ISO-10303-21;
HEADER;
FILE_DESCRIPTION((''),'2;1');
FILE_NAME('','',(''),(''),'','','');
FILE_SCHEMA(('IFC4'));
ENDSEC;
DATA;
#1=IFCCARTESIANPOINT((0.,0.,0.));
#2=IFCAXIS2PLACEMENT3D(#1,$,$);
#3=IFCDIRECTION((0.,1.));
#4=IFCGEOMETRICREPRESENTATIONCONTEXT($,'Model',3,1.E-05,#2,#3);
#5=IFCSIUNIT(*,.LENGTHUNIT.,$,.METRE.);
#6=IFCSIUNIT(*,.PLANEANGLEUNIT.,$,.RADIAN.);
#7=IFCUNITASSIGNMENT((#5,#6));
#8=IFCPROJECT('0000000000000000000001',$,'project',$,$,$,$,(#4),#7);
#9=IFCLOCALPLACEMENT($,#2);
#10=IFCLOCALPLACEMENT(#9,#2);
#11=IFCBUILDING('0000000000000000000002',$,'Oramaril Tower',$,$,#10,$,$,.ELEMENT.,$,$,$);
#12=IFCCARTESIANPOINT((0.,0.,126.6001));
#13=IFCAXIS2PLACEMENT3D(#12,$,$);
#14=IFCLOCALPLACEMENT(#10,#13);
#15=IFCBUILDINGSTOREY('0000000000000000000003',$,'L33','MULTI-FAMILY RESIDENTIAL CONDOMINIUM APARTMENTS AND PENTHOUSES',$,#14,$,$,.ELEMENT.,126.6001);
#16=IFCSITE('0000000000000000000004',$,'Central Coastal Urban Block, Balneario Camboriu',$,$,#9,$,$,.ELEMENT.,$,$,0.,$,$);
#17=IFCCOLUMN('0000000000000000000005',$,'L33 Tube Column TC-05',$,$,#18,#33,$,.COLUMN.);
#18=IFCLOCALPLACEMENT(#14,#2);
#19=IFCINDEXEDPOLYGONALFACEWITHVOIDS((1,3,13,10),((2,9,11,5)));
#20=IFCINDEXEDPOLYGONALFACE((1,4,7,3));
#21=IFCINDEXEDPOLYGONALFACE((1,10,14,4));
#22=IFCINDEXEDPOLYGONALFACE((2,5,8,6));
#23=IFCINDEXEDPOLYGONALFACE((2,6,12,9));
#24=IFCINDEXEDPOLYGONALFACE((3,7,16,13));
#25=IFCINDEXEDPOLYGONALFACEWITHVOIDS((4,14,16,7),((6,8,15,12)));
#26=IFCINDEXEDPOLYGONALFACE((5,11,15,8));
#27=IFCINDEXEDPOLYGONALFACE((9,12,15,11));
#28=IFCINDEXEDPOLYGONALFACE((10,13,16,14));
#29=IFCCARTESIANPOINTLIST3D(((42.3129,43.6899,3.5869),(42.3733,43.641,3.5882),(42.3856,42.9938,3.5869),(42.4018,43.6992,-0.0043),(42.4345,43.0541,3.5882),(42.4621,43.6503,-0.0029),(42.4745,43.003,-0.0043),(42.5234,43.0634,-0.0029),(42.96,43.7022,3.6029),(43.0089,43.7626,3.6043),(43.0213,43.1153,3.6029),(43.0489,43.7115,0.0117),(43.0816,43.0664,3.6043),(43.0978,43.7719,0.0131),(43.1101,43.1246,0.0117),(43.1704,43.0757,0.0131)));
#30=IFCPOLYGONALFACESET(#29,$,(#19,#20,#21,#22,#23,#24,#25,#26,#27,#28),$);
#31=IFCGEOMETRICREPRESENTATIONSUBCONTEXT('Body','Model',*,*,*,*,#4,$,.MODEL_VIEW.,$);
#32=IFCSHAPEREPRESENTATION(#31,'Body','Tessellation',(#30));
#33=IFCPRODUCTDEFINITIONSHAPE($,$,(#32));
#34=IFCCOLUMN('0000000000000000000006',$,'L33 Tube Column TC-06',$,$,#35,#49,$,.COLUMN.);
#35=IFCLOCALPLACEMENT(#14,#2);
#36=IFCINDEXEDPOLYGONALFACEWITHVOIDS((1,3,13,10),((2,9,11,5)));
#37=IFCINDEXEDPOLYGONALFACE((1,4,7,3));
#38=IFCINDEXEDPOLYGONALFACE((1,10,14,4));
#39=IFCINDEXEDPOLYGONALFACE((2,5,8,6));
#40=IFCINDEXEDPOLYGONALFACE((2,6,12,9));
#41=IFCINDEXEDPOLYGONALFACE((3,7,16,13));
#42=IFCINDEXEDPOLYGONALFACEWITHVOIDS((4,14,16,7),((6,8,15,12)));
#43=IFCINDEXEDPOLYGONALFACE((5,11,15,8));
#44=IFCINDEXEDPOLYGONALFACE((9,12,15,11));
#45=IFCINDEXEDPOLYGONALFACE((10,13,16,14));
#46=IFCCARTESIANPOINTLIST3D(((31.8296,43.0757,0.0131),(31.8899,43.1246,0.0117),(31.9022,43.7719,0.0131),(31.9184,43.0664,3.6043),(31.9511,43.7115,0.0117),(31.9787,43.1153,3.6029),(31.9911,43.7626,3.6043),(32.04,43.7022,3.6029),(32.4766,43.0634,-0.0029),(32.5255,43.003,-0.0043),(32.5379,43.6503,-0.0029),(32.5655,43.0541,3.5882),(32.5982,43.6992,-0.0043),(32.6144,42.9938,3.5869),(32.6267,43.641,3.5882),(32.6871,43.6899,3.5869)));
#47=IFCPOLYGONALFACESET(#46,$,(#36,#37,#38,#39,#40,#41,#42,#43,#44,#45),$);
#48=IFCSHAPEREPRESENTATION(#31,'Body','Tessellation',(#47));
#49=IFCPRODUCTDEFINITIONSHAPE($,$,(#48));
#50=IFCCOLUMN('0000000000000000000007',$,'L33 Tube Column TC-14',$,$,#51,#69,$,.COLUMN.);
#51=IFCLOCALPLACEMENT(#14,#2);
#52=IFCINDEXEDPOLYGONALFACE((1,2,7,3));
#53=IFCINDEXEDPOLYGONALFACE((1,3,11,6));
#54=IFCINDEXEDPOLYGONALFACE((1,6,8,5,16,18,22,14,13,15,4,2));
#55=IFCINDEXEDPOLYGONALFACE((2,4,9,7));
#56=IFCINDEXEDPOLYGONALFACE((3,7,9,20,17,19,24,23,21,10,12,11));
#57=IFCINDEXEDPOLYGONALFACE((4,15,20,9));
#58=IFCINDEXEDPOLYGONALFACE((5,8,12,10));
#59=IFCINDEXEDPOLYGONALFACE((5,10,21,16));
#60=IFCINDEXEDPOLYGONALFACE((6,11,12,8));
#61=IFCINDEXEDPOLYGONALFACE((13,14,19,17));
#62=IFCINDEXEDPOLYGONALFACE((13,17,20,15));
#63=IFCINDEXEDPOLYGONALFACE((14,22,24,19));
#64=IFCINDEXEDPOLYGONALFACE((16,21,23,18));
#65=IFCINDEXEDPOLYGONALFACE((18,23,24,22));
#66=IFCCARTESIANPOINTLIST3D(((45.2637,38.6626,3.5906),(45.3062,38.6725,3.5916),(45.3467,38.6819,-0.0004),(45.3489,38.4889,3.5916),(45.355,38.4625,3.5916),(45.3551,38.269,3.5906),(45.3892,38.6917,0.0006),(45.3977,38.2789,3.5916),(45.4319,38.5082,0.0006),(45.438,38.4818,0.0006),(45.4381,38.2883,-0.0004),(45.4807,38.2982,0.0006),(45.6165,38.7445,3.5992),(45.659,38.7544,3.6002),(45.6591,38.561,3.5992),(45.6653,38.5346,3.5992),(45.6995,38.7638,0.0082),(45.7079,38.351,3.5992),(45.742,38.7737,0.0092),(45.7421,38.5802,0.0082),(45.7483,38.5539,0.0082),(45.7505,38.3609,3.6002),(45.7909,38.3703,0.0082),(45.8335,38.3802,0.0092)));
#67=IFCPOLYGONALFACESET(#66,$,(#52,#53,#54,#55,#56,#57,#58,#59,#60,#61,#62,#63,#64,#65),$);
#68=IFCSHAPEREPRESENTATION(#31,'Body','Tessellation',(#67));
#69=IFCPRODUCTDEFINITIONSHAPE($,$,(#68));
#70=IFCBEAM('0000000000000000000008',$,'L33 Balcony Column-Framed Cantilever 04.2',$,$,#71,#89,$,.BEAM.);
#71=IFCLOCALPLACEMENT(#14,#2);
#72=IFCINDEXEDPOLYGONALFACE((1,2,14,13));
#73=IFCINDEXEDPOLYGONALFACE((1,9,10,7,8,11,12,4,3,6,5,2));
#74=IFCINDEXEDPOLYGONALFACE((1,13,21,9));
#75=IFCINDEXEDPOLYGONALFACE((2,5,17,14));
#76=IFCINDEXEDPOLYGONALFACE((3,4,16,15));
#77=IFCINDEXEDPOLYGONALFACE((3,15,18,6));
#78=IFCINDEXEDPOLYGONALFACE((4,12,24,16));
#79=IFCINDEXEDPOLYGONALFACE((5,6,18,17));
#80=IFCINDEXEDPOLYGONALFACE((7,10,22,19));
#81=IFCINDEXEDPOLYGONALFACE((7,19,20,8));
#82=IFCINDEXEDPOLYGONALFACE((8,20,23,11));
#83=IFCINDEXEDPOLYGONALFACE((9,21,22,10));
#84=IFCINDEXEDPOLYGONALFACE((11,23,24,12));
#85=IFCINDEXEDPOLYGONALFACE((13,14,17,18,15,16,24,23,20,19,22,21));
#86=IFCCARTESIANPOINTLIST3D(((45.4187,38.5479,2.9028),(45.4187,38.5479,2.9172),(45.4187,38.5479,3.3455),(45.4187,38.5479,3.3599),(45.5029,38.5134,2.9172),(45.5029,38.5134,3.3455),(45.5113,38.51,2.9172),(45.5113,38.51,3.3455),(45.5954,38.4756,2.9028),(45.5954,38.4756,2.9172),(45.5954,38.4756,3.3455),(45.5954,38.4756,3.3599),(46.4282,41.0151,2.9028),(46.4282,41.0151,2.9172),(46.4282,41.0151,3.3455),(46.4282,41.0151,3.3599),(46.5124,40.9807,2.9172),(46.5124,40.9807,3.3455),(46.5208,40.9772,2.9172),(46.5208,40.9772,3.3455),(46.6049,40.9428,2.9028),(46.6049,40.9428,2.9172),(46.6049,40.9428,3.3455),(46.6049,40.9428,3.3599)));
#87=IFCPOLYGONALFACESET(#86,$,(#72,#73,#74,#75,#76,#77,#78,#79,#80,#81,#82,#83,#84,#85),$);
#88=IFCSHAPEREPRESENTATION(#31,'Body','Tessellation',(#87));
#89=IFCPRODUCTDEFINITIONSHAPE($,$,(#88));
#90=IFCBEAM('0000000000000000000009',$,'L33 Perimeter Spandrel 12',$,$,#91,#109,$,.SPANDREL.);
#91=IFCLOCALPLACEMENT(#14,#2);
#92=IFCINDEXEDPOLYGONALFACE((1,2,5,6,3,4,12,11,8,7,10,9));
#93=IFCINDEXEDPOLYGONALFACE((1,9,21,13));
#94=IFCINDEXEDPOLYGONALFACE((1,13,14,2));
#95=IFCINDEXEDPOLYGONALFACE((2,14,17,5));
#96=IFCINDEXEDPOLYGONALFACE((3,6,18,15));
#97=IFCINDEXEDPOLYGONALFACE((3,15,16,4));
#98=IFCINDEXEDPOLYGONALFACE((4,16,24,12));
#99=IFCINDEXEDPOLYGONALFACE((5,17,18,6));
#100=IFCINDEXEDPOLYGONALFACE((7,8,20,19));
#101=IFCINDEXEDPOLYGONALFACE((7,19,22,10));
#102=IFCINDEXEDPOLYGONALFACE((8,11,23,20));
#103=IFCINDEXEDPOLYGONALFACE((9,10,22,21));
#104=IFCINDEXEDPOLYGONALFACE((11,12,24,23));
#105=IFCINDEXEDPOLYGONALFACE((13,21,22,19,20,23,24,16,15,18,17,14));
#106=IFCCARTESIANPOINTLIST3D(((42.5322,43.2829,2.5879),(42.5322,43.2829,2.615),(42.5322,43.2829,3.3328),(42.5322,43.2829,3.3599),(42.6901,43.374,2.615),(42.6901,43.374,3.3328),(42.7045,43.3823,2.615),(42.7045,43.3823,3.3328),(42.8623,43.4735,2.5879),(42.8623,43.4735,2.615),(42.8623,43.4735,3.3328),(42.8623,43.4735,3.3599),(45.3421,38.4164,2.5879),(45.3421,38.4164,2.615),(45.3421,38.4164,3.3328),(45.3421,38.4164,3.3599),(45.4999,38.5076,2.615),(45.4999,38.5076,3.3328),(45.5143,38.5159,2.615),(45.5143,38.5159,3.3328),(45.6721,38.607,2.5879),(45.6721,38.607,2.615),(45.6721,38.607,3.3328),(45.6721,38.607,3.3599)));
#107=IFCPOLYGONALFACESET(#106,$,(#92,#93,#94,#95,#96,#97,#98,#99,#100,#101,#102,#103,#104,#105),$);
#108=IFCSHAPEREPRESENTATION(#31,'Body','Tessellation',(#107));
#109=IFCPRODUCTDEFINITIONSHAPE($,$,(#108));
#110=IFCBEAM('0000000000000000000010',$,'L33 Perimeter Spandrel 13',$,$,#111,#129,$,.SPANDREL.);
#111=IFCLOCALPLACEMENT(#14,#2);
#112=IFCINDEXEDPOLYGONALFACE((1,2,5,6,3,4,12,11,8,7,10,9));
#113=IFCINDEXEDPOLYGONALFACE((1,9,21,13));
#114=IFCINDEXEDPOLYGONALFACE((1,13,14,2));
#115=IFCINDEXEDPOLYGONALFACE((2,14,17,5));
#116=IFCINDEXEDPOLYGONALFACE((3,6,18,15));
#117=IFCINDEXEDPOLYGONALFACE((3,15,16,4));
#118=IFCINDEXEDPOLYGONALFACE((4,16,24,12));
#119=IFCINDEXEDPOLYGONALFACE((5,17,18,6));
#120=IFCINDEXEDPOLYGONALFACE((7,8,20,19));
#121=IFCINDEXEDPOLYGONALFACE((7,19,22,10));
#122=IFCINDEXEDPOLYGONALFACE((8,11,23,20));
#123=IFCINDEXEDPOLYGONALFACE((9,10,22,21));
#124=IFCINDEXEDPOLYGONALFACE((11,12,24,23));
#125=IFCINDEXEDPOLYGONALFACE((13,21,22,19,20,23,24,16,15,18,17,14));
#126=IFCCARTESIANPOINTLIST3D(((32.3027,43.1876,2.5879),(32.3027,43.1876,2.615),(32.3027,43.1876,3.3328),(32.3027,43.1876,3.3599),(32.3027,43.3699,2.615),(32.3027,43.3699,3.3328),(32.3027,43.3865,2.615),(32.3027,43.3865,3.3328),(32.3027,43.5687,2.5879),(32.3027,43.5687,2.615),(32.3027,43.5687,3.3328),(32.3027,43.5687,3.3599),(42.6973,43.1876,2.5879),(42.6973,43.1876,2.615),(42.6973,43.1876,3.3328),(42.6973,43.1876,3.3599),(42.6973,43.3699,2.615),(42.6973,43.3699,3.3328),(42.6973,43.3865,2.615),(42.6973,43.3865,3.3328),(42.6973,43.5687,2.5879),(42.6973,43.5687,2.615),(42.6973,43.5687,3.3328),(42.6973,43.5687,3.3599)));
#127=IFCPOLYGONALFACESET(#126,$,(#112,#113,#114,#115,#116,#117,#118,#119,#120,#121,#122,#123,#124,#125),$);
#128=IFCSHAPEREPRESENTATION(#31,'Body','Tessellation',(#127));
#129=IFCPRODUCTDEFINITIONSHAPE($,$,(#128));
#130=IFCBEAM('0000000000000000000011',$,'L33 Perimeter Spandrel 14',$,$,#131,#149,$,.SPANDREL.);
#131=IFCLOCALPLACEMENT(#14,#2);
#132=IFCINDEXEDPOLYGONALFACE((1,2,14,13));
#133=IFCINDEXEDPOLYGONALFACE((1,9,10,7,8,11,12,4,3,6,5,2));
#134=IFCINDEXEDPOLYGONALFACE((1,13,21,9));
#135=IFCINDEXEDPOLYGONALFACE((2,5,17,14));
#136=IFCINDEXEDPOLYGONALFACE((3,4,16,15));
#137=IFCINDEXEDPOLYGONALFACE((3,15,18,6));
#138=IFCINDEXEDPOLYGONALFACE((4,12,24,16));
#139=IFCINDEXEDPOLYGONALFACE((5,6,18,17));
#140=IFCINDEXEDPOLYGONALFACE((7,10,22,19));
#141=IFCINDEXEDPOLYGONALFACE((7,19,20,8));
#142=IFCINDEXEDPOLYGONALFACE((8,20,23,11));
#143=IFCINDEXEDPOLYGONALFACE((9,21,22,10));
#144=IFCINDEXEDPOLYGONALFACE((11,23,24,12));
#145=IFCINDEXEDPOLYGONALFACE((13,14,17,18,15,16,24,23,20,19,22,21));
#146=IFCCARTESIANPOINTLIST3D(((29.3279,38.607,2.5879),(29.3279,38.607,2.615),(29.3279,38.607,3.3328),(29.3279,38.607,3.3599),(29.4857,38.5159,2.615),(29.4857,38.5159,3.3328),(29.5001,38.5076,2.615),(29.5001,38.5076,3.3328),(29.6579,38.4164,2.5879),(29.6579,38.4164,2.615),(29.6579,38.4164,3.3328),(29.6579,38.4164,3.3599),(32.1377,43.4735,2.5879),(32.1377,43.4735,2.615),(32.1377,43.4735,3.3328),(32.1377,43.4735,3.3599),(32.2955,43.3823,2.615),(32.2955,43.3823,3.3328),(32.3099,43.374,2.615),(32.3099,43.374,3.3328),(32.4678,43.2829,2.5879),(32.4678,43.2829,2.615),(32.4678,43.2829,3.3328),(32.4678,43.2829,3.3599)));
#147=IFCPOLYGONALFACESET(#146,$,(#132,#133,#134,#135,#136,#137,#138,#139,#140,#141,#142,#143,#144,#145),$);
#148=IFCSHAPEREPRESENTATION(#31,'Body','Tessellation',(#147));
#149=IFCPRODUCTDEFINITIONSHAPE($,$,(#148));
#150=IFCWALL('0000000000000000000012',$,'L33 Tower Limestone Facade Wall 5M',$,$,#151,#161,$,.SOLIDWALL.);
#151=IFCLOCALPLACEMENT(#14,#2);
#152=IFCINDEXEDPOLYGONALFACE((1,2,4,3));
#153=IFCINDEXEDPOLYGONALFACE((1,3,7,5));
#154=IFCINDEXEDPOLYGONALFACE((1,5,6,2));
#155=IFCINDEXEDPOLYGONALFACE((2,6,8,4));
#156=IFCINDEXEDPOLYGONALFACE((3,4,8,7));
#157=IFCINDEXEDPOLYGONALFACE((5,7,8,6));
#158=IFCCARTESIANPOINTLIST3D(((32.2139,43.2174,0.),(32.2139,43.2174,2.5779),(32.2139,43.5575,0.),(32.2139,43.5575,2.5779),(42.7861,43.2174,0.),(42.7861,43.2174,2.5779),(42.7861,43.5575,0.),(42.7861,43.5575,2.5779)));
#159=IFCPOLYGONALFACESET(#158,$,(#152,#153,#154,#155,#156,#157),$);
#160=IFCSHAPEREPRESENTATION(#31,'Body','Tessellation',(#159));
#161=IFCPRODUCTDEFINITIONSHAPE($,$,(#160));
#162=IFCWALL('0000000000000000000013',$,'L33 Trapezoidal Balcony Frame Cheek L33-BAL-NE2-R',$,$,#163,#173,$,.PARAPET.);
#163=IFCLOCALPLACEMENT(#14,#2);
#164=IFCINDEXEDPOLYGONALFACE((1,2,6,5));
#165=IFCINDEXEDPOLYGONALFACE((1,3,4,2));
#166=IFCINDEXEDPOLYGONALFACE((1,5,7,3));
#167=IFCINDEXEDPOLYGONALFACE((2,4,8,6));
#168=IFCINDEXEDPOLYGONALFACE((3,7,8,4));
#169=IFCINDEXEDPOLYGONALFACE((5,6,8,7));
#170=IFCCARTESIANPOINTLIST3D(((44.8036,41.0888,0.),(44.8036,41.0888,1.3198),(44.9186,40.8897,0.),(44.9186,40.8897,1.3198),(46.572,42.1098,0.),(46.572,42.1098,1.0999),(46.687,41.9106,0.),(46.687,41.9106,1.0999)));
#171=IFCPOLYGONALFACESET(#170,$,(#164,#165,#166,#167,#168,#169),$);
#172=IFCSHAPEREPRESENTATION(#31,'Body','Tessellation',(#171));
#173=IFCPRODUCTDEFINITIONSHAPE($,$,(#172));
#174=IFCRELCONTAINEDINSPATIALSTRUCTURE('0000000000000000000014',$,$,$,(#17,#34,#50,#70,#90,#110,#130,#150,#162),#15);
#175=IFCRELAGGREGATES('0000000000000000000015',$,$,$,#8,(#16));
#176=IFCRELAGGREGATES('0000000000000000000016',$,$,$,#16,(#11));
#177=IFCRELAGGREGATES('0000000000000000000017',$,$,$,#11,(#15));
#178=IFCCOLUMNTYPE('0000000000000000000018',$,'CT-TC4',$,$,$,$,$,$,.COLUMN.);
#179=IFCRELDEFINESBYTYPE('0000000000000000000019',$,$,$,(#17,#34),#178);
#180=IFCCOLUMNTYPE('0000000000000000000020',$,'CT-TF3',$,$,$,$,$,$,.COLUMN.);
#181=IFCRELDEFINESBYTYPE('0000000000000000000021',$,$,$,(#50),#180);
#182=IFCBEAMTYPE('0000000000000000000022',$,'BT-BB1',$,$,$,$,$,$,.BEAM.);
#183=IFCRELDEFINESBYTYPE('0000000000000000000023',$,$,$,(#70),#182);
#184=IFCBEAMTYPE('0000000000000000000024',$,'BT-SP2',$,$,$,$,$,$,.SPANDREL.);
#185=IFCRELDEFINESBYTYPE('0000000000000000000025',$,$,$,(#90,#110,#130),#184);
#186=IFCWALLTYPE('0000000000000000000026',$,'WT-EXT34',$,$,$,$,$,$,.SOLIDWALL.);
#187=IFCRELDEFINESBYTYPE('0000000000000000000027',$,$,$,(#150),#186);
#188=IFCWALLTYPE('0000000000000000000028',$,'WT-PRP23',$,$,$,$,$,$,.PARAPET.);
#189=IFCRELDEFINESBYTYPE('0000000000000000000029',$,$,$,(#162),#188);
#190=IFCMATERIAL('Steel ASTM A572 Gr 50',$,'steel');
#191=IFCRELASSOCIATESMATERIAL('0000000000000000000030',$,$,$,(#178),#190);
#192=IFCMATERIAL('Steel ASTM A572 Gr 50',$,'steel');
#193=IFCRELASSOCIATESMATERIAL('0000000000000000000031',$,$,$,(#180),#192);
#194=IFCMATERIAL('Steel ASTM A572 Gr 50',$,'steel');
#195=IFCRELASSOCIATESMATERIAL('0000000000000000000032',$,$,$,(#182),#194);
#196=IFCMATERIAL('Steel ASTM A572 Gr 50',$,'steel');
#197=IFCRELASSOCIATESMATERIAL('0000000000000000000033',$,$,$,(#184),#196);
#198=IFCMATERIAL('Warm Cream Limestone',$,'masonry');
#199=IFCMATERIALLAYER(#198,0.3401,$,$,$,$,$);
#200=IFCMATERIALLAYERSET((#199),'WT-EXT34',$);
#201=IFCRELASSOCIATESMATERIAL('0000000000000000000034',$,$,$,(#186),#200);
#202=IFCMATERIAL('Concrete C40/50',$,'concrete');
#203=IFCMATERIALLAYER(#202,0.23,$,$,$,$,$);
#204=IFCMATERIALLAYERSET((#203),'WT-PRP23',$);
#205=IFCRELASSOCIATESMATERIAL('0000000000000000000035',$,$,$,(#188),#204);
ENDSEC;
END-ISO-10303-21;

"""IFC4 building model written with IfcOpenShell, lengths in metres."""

from ifc_helpers import new_model, si_unit, direction, frame, frame_2d, origin, origin_2d, place, context, subcontext, project, spatial, polyline, rectangle, hollow_rectangle, i_section, outline, extrude, material, layer, layer_set, material_profile, profile_set, type_object, element, save


model = new_model("IFC4")

# Units and contexts
model_context = context("Model", 3, precision=1e-05, world=origin(), true_north=direction((0.0, 1.0)))
body_context = subcontext(model_context, "Body", "Model", "MODEL_VIEW")
ifc_project = project(units=[si_unit("LENGTHUNIT", "METRE"), si_unit("PLANEANGLEUNIT", "RADIAN")], contexts=[model_context])

# Site, building, storey
site_placement = place(None, origin())
site = spatial("IfcSite", under=ifc_project, at=site_placement, Name="Central Coastal Urban Block, Balneario Camboriu", CompositionType="ELEMENT", RefElevation=0.0)
building_placement = place(site_placement, origin())
building = spatial("IfcBuilding", under=site, at=building_placement, Name="Oramaril Tower", CompositionType="ELEMENT")
storey_placement = place(building_placement, frame((0.0, 0.0, 126.6001)))
storey = spatial("IfcBuildingStorey", under=building, at=storey_placement, Name="L33", Description="MULTI-FAMILY RESIDENTIAL CONDOMINIUM APARTMENTS AND PENTHOUSES", CompositionType="ELEMENT", Elevation=126.6001)

# Columns
ifc_material_1 = material(Name="Steel ASTM A572 Gr 50", Category="steel")
ifc_material_profile_1 = material_profile(ifc_material_1, hollow_rectangle(XDim=0.7, YDim=0.7, WallThickness=0.0549, at=origin_2d()), Name="BOX700X700X55")
ifc_profile_set_1 = profile_set([ifc_material_profile_1], Name="Steel ASTM A572 Gr 50")
column_type_1 = type_object("IfcColumnType", Name="CT-TC4", PredefinedType="COLUMN", material=ifc_profile_set_1)
for number, where, z_axis, x_axis, name in (
    (1, (42.7861, 43.3875, 0.0044), (-0.024739, -0.002583, 0.999691), (0.103831, -0.994595, 0.0), "L33 Tube Column TC-05"),
    (2, (32.2139, 43.3875, 0.0044), (0.024739, -0.002583, 0.999691), (0.103831, 0.994595, 0.0), "L33 Tube Column TC-06"),
):
    element("IfcColumn", number, at=place(storey_placement, frame(where, z_axis=z_axis, x_axis=x_axis)), inside=storey, type_object=column_type_1, Name=name, PredefinedType="COLUMN", context=body_context, shape_type="SweptSolid", body=[
        extrude(hollow_rectangle(XDim=0.7, YDim=0.7, WallThickness=0.0549, at=origin_2d()), origin(), (0.0, 0.0, 1.0), 3.5923),
    ])
ifc_material_2 = material(Name="Steel ASTM A572 Gr 50", Category="steel")
ifc_material_profile_2 = material_profile(ifc_material_2, i_section(OverallWidth=0.4041, OverallDepth=0.406, WebThickness=0.0271, FlangeThickness=0.0437, at=origin_2d()), Name="W14X233")
ifc_profile_set_2 = profile_set([ifc_material_profile_2], Name="Steel ASTM A572 Gr 50")
column_type_2 = type_object("IfcColumnType", Name="CT-TF3", PredefinedType="COLUMN", material=ifc_profile_set_2)
column_placement = place(storey_placement, frame((45.5901, 38.531, 0.0044), z_axis=(-0.023109, -0.005369, 0.999719), x_axis=(0.226324, -0.974052, 0.0)))
element("IfcColumn", 3, at=column_placement, inside=storey, type_object=column_type_2, Name="L33 Tube Column TC-14", PredefinedType="COLUMN", context=body_context, shape_type="SweptSolid", body=[
    extrude(i_section(OverallWidth=0.4041, OverallDepth=0.406, WebThickness=0.0271, FlangeThickness=0.0437, at=origin_2d()), origin(), (0.0, 0.0, 1.0), 3.592),
])

# Beams
ifc_material_3 = material(Name="Steel ASTM A572 Gr 50", Category="steel")
ifc_material_profile_3 = material_profile(ifc_material_3, i_section(OverallWidth=0.1909, OverallDepth=0.457, WebThickness=0.009, FlangeThickness=0.0144, at=origin_2d()), Name="W18X50")
ifc_profile_set_3 = profile_set([ifc_material_profile_3], Name="Steel ASTM A572 Gr 50")
beam_type_1 = type_object("IfcBeamType", Name="BT-BB1", PredefinedType="BEAM", material=ifc_profile_set_3)
beam_1_placement = place(storey_placement, frame((45.5071, 38.5117, 3.1313), z_axis=(0.37869, 0.925524, 0.0), x_axis=(-0.925524, 0.37869, 0.0)))
element("IfcBeam", 4, at=beam_1_placement, inside=storey, type_object=beam_type_1, Name="L33 Balcony Column-Framed Cantilever 04.2", PredefinedType="BEAM", context=body_context, shape_type="SweptSolid", body=[
    extrude(i_section(OverallWidth=0.1909, OverallDepth=0.457, WebThickness=0.009, FlangeThickness=0.0144, at=origin_2d()), origin(), (0.0, 0.0, 1.0), 2.6658),
])
ifc_material_4 = material(Name="Steel ASTM A572 Gr 50", Category="steel")
ifc_material_profile_4 = material_profile(ifc_material_4, i_section(OverallWidth=0.3811, OverallDepth=0.772, WebThickness=0.0166, FlangeThickness=0.0271, at=origin_2d()), Name="W30X173")
ifc_profile_set_4 = profile_set([ifc_material_profile_4], Name="Steel ASTM A572 Gr 50")
beam_type_2 = type_object("IfcBeamType", Name="BT-SP2", PredefinedType="SPANDREL", material=ifc_profile_set_4)
beam_2_placement = place(storey_placement, frame((45.5071, 38.5117, 2.9739), z_axis=(-0.500022, 0.866013, 0.0), x_axis=(-0.866013, -0.500022, 0.0)))
element("IfcBeam", 5, at=beam_2_placement, inside=storey, type_object=beam_type_2, Name="L33 Perimeter Spandrel 12", PredefinedType="SPANDREL", context=body_context, shape_type="SweptSolid", body=[
    extrude(i_section(OverallWidth=0.3811, OverallDepth=0.772, WebThickness=0.0166, FlangeThickness=0.0271, at=origin_2d()), origin(), (0.0, 0.0, 1.0), 5.6194),
])
beam_3_placement = place(storey_placement, frame((42.6973, 43.3782, 2.9739), z_axis=(-1.0, 0.0, 0.0), x_axis=(0.0, -1.0, 0.0)))
element("IfcBeam", 6, at=beam_3_placement, inside=storey, type_object=beam_type_2, Name="L33 Perimeter Spandrel 13", PredefinedType="SPANDREL", context=body_context, shape_type="SweptSolid", body=[
    extrude(i_section(OverallWidth=0.3811, OverallDepth=0.772, WebThickness=0.0166, FlangeThickness=0.0271, at=origin_2d()), origin(), (0.0, 0.0, 1.0), 10.3945),
])
beam_4_placement = place(storey_placement, frame((32.3027, 43.3782, 2.9739), z_axis=(-0.500022, -0.866013, 0.0), x_axis=(0.866013, -0.500022, 0.0)))
element("IfcBeam", 7, at=beam_4_placement, inside=storey, type_object=beam_type_2, Name="L33 Perimeter Spandrel 14", PredefinedType="SPANDREL", context=body_context, shape_type="SweptSolid", body=[
    extrude(i_section(OverallWidth=0.3811, OverallDepth=0.772, WebThickness=0.0166, FlangeThickness=0.0271, at=origin_2d()), origin(), (0.0, 0.0, 1.0), 5.6194),
])

# Wall
ifc_material_5 = material(Name="Warm Cream Limestone", Category="masonry")
ifc_layer_1 = layer(ifc_material_5, 0.3401)
ifc_layer_set_1 = layer_set([ifc_layer_1], Name="WT-EXT34")
wall_type_1 = type_object("IfcWallType", Name="WT-EXT34", PredefinedType="SOLIDWALL", material=ifc_layer_set_1)
wall_1_placement = place(storey_placement, frame((42.7861, 43.3875, 0.0), z_axis=(0.0, 0.0, 1.0), x_axis=(-1.0, 0.0, 0.0)))
element("IfcWall", 8, at=wall_1_placement, inside=storey, type_object=wall_type_1, Name="L33 Tower Limestone Facade Wall 5M", PredefinedType="SOLIDWALL", context=body_context, shape_type="SweptSolid", body=[
    extrude(rectangle(XDim=10.5723, YDim=0.3401, at=frame_2d((5.2861, 0.0))), origin(), (0.0, 0.0, 1.0), 2.5779),
])

# Wall
ifc_material_6 = material(Name="Concrete C40/50", Category="concrete")
ifc_layer_2 = layer(ifc_material_6, 0.23)
ifc_layer_set_2 = layer_set([ifc_layer_2], Name="WT-PRP23")
wall_type_2 = type_object("IfcWallType", Name="WT-PRP23", PredefinedType="PARAPET", material=ifc_layer_set_2)
wall_2_placement = place(storey_placement, frame((44.8611, 40.9893, 0.0), z_axis=(0.0, 0.0, 1.0), x_axis=(0.866042, 0.499971, 0.0)))
element("IfcWall", 9, at=wall_2_placement, inside=storey, type_object=wall_type_2, Name="L33 Trapezoidal Balcony Frame Cheek L33-BAL-NE2-R", PredefinedType="PARAPET", context=body_context, shape_type="SweptSolid", body=[
    extrude(outline(polyline([(0.0, 0.0), (2.042, 0.0), (2.042, 1.0999), (0.0, 1.3198), (0.0, 0.0)])), frame((0.0, 0.115, 0.0), z_axis=(0.0, -1.0, 0.0), x_axis=(1.0, 0.0, 0.0)), (0.0, 0.0, 1.0), 0.23),
])

save(model, "model.ifc")
